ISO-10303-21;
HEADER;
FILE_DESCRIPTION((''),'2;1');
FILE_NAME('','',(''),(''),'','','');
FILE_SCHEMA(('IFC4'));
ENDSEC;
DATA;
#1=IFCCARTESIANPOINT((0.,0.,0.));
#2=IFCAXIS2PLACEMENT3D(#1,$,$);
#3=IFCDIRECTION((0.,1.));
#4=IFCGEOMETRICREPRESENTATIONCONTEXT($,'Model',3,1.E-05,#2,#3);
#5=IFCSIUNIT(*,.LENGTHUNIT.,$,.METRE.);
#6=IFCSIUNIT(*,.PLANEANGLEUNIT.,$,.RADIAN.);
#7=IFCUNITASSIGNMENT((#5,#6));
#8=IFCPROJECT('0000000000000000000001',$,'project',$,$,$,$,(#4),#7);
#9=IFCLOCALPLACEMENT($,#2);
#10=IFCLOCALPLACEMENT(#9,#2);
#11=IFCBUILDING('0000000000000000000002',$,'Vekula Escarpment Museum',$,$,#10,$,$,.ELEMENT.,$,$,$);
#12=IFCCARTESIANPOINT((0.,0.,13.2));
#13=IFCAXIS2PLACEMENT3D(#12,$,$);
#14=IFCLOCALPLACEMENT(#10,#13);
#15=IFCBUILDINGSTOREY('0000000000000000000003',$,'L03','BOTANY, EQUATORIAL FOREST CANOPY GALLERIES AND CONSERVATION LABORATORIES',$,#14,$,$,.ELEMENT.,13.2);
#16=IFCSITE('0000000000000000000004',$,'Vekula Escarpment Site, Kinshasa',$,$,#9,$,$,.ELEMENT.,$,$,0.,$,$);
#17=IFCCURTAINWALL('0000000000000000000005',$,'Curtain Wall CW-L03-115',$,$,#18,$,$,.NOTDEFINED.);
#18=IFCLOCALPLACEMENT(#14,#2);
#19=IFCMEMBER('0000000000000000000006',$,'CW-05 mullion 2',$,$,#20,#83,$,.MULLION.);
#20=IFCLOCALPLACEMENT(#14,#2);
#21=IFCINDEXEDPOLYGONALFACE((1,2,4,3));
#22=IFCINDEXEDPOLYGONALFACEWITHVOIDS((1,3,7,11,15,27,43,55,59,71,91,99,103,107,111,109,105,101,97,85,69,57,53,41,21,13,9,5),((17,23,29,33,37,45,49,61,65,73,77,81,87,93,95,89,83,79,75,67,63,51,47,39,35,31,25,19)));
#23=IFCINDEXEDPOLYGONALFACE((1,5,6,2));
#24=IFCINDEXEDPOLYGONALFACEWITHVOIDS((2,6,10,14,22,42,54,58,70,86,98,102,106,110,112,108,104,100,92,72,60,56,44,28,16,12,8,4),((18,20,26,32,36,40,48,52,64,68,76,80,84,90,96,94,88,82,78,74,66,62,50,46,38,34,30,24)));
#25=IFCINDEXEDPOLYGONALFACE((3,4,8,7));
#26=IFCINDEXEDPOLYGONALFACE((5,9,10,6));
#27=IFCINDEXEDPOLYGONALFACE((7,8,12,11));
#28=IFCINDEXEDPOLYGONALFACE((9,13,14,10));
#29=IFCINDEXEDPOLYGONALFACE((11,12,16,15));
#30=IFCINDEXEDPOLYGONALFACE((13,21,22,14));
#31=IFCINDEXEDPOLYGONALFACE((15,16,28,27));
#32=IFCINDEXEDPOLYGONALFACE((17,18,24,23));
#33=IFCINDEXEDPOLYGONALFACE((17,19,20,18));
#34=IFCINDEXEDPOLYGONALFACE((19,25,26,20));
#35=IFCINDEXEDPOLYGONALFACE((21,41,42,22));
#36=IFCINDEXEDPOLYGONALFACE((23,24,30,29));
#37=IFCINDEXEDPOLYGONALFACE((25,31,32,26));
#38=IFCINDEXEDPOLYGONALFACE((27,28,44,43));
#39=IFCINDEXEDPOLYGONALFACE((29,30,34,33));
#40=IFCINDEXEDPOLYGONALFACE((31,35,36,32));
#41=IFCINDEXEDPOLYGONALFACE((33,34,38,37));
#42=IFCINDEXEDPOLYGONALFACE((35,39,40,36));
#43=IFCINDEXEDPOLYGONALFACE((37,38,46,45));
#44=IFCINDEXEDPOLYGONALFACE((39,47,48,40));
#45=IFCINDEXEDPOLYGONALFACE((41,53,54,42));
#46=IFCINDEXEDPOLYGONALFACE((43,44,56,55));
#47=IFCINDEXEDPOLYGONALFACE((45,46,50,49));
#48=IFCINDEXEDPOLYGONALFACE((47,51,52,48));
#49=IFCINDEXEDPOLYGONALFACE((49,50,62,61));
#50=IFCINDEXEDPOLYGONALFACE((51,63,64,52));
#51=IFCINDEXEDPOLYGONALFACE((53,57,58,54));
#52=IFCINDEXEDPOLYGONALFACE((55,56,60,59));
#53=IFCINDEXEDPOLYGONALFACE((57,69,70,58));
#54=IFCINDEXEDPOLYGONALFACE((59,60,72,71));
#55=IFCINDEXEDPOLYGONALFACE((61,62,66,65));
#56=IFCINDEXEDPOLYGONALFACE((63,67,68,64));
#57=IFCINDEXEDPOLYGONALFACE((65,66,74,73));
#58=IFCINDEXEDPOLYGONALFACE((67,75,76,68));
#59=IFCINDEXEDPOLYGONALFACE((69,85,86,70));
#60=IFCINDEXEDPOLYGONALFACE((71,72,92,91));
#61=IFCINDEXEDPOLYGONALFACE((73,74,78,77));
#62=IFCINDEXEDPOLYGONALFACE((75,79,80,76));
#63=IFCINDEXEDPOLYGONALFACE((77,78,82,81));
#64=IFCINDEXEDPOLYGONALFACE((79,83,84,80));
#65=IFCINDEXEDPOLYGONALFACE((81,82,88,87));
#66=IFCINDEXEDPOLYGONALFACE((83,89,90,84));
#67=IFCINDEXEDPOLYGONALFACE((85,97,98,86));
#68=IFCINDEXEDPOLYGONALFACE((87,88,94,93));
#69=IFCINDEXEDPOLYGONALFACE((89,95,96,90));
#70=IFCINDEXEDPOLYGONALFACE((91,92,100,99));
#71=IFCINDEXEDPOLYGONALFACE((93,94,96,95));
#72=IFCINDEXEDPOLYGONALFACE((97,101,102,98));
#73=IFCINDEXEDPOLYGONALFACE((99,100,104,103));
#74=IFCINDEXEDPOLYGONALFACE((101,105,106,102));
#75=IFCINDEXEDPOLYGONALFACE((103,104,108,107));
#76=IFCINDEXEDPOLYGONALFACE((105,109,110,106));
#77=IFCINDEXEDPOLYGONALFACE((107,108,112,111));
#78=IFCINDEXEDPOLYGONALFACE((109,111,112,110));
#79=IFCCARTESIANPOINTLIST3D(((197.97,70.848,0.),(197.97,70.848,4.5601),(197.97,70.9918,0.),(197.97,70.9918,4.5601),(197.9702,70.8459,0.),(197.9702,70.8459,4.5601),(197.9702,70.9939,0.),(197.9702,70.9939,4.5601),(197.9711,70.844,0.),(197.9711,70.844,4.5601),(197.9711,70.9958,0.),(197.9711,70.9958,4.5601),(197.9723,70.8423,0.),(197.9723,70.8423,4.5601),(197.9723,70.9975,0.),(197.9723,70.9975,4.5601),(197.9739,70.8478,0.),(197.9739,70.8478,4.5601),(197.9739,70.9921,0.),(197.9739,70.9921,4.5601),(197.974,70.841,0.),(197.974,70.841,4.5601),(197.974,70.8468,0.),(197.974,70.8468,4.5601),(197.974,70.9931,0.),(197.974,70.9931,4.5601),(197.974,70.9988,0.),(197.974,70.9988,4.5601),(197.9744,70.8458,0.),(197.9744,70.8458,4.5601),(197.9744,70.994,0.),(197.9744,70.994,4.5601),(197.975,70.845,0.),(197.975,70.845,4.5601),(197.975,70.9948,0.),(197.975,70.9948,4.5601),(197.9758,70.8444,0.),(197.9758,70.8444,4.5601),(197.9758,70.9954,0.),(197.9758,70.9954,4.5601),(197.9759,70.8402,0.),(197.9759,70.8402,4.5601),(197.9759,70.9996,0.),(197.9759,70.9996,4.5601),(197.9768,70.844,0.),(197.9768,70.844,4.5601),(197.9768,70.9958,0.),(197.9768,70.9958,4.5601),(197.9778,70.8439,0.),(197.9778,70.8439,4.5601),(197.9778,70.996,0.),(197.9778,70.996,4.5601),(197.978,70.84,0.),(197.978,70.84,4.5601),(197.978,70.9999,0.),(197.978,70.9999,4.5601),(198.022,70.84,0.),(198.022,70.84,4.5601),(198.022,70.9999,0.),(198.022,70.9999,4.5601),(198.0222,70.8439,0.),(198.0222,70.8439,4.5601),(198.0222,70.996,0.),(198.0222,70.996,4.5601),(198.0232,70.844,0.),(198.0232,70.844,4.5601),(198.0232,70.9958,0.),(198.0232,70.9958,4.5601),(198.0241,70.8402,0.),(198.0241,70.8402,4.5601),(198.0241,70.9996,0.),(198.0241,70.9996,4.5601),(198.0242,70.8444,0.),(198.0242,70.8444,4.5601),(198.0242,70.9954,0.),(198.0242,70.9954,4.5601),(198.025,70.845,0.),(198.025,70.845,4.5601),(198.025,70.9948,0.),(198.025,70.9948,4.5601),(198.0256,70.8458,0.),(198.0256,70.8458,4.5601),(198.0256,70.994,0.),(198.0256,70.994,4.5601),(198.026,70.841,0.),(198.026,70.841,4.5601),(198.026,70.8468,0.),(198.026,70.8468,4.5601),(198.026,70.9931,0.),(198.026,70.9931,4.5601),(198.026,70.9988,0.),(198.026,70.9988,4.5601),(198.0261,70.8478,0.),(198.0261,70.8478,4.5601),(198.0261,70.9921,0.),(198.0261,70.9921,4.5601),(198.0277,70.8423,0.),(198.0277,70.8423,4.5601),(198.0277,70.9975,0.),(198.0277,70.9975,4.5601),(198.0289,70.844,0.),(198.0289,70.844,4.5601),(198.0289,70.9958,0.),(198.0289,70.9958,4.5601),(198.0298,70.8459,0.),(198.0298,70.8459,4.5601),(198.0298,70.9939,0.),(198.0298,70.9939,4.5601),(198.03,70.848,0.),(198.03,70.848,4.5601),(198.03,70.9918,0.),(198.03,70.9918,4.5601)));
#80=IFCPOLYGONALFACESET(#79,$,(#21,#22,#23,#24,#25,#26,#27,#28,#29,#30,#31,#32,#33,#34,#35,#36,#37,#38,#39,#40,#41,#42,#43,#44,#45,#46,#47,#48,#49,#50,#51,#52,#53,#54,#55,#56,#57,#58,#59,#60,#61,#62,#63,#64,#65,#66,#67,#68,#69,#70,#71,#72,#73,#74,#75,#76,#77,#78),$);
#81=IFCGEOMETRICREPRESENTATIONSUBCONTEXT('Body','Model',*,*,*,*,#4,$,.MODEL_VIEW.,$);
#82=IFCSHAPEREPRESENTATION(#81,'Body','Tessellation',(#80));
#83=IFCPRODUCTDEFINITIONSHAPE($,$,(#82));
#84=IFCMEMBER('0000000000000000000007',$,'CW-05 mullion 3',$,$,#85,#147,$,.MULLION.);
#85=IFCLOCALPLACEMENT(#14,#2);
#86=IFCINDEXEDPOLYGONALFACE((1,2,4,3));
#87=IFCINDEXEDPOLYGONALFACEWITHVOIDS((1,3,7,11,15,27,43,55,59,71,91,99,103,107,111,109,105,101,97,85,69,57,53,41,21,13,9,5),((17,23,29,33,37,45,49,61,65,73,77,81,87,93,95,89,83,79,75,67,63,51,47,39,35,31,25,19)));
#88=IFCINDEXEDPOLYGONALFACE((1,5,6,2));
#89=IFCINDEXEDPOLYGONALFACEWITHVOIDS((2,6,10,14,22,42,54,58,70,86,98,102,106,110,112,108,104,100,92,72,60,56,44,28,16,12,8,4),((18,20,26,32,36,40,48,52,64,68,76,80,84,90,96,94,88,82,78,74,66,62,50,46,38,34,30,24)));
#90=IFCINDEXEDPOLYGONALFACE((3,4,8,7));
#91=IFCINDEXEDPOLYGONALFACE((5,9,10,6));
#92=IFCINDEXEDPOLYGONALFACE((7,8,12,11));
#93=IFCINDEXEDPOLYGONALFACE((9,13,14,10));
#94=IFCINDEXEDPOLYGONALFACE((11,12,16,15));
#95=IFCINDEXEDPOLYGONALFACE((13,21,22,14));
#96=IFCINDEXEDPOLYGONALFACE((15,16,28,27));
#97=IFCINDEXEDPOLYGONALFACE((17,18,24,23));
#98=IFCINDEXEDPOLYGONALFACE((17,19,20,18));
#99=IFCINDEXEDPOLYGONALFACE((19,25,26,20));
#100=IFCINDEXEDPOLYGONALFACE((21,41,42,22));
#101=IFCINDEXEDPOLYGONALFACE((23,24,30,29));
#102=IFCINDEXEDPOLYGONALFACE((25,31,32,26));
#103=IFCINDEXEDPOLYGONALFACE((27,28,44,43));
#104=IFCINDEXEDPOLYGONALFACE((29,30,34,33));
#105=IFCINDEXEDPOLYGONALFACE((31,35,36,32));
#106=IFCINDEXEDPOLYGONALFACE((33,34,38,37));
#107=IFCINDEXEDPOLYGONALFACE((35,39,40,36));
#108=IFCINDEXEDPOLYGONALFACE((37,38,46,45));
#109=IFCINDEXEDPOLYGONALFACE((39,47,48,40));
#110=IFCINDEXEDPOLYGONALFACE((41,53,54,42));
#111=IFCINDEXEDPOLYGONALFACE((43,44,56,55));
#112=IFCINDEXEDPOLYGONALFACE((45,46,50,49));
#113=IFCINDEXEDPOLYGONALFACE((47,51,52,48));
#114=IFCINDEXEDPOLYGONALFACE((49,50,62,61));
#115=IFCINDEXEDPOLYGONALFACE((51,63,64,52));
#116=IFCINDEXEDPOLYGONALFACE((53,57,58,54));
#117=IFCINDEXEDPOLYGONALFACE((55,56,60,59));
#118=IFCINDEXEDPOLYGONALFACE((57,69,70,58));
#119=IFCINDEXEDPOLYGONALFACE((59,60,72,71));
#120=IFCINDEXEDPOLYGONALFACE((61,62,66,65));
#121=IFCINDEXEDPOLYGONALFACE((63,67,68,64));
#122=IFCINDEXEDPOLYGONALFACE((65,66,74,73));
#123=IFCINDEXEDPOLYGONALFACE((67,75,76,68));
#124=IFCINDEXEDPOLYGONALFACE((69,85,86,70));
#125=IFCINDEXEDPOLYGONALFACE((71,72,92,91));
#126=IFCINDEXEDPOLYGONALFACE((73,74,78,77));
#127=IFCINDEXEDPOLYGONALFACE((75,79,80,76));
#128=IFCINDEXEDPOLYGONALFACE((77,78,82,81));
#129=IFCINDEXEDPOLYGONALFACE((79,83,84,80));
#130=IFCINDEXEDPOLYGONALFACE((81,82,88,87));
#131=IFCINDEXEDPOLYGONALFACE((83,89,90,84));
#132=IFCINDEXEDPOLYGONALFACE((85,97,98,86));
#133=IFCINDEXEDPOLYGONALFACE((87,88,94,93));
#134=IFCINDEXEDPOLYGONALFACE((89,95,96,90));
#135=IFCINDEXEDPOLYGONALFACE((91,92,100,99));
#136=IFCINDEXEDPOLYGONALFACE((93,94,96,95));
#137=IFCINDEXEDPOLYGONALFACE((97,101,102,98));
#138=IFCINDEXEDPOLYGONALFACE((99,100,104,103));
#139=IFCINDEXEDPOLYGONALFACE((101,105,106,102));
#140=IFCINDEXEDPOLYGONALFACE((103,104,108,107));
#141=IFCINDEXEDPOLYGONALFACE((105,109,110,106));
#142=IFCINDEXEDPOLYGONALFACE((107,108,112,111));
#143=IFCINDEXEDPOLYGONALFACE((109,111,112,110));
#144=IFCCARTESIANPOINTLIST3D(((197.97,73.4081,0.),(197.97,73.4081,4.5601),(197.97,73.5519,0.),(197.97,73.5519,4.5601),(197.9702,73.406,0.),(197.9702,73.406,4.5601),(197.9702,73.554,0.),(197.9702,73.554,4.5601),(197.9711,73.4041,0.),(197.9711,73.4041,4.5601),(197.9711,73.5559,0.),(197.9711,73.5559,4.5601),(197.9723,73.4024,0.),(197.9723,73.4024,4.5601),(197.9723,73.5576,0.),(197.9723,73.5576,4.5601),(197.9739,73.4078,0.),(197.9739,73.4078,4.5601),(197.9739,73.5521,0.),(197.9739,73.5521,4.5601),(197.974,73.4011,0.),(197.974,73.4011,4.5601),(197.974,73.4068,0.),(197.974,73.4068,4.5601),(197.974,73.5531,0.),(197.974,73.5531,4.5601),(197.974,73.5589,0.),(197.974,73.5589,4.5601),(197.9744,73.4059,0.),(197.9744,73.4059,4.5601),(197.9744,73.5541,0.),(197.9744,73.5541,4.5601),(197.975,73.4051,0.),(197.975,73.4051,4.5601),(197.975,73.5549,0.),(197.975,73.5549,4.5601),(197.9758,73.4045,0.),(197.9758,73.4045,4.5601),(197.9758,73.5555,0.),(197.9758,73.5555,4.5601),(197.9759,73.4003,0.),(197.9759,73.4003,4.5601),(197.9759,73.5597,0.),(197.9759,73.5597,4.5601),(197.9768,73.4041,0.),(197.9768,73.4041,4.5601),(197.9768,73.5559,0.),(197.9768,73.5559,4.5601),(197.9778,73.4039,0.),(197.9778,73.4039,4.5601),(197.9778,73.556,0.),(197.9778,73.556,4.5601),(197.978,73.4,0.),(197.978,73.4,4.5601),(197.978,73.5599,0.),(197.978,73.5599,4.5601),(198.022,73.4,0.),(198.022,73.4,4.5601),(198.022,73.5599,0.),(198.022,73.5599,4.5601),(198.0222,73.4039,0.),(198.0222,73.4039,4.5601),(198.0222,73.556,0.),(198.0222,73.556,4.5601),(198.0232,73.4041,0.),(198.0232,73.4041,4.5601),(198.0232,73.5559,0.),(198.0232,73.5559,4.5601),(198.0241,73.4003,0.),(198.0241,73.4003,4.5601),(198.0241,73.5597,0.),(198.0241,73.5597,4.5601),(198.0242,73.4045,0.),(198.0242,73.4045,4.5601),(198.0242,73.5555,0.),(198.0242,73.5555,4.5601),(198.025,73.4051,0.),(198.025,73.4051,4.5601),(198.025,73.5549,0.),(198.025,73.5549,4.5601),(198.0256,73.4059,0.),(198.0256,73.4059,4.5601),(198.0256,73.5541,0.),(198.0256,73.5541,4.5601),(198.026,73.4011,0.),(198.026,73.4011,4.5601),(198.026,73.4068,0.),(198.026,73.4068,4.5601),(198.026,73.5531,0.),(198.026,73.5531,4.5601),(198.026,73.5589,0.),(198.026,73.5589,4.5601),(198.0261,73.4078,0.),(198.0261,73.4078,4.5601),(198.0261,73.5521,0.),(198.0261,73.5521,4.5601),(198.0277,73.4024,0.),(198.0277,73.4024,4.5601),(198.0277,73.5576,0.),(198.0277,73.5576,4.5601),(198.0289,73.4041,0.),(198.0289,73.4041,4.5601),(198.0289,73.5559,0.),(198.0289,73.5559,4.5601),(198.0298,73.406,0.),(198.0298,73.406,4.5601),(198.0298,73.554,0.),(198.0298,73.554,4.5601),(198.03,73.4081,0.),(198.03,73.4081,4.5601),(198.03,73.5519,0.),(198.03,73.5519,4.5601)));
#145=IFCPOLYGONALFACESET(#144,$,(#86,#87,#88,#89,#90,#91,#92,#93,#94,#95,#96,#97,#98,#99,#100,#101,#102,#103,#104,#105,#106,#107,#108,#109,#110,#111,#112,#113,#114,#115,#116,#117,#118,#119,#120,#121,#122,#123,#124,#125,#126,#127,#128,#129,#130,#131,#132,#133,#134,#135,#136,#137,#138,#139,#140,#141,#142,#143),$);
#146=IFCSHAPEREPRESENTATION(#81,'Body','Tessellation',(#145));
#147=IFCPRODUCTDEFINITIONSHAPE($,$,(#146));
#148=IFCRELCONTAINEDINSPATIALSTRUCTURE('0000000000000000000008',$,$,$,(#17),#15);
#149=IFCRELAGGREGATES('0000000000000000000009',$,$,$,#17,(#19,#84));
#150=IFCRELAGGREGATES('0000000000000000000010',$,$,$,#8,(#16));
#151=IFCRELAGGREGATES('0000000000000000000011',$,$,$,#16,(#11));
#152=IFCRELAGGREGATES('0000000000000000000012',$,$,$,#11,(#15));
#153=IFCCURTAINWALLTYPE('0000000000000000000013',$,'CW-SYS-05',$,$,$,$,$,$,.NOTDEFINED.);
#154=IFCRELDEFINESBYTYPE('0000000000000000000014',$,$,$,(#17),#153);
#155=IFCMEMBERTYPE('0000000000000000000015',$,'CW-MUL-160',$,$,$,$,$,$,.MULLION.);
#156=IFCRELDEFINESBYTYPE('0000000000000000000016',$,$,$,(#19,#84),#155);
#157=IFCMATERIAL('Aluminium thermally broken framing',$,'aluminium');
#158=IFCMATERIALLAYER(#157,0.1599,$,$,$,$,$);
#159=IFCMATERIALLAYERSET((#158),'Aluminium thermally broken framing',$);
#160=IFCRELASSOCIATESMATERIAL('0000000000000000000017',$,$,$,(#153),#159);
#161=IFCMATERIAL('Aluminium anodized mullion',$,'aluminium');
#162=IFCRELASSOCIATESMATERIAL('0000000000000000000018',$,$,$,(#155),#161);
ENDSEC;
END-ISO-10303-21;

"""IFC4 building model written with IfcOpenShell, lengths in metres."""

from ifc_helpers import new_model, si_unit, direction, frame, origin, origin_2d, place, context, subcontext, project, spatial, hollow_rectangle, extrude, material, layer, layer_set, material_profile, profile_set, type_object, element, aggregate, save


model = new_model("IFC4")

# Units and contexts
model_context = context("Model", 3, precision=1e-05, world=origin(), true_north=direction((0.0, 1.0)))
body_context = subcontext(model_context, "Body", "Model", "MODEL_VIEW")
ifc_project = project(units=[si_unit("LENGTHUNIT", "METRE"), si_unit("PLANEANGLEUNIT", "RADIAN")], contexts=[model_context])

# Site, building, storey
site_placement = place(None, origin())
site = spatial("IfcSite", under=ifc_project, at=site_placement, Name="Vekula Escarpment Site, Kinshasa", CompositionType="ELEMENT", RefElevation=0.0)
building_placement = place(site_placement, origin())
building = spatial("IfcBuilding", under=site, at=building_placement, Name="Vekula Escarpment Museum", CompositionType="ELEMENT")
storey_placement = place(building_placement, frame((0.0, 0.0, 13.2)))
storey = spatial("IfcBuildingStorey", under=building, at=storey_placement, Name="L03", Description="BOTANY, EQUATORIAL FOREST CANOPY GALLERIES AND CONSERVATION LABORATORIES", CompositionType="ELEMENT", Elevation=13.2)

# Curtain wall, members
ifc_material_1 = material(Name="Aluminium thermally broken framing", Category="aluminium")
ifc_layer_1 = layer(ifc_material_1, 0.1599)
ifc_layer_set_1 = layer_set([ifc_layer_1], Name="Aluminium thermally broken framing")
curtain_wall_type = type_object("IfcCurtainWallType", Name="CW-SYS-05", PredefinedType="NOTDEFINED", material=ifc_layer_set_1)
curtain_wall_placement = place(storey_placement, origin())
curtain_wall = element("IfcCurtainWall", 1, at=curtain_wall_placement, inside=storey, type_object=curtain_wall_type, Name="Curtain Wall CW-L03-115", PredefinedType="NOTDEFINED")
ifc_material_2 = material(Name="Aluminium anodized mullion", Category="aluminium")
ifc_material_profile_1 = material_profile(ifc_material_2, hollow_rectangle(XDim=0.0601, YDim=0.1599, WallThickness=0.0039, InnerFilletRadius=0.0039, OuterFilletRadius=0.0081, at=origin_2d()), Name="ALU 160x60x4")
ifc_profile_set_1 = profile_set([ifc_material_profile_1], Name="Aluminium anodized mullion")
member_type_1 = type_object("IfcMemberType", Name="CW-MUL-160", PredefinedType="MULLION", material=ifc_profile_set_1)
member_1_placement = place(storey_placement, frame((198.0, 70.9199, 0.0), z_axis=(0.0, 0.0, 1.0), x_axis=(-1.0, 0.0, 0.0)))
member_1 = element("IfcMember", 2, at=member_1_placement, type_object=member_type_1, Name="CW-05 mullion 2", PredefinedType="MULLION", context=body_context, shape_type="SweptSolid", body=[
    extrude(hollow_rectangle(XDim=0.0601, YDim=0.1599, WallThickness=0.0039, InnerFilletRadius=0.0039, OuterFilletRadius=0.0081, at=origin_2d()), origin(), (0.0, 0.0, 1.0), 4.5601),
])
member_2_placement = place(storey_placement, frame((198.0, 73.48, 0.0), z_axis=(0.0, 0.0, 1.0), x_axis=(-1.0, 0.0, 0.0)))
member_2 = element("IfcMember", 3, at=member_2_placement, type_object=member_type_1, Name="CW-05 mullion 3", PredefinedType="MULLION", context=body_context, shape_type="SweptSolid", body=[
    extrude(hollow_rectangle(XDim=0.0601, YDim=0.1599, WallThickness=0.0039, InnerFilletRadius=0.0039, OuterFilletRadius=0.0081, at=origin_2d()), origin(), (0.0, 0.0, 1.0), 4.5601),
])
aggregate(curtain_wall, [member_1, member_2])

save(model, "model.ifc")
